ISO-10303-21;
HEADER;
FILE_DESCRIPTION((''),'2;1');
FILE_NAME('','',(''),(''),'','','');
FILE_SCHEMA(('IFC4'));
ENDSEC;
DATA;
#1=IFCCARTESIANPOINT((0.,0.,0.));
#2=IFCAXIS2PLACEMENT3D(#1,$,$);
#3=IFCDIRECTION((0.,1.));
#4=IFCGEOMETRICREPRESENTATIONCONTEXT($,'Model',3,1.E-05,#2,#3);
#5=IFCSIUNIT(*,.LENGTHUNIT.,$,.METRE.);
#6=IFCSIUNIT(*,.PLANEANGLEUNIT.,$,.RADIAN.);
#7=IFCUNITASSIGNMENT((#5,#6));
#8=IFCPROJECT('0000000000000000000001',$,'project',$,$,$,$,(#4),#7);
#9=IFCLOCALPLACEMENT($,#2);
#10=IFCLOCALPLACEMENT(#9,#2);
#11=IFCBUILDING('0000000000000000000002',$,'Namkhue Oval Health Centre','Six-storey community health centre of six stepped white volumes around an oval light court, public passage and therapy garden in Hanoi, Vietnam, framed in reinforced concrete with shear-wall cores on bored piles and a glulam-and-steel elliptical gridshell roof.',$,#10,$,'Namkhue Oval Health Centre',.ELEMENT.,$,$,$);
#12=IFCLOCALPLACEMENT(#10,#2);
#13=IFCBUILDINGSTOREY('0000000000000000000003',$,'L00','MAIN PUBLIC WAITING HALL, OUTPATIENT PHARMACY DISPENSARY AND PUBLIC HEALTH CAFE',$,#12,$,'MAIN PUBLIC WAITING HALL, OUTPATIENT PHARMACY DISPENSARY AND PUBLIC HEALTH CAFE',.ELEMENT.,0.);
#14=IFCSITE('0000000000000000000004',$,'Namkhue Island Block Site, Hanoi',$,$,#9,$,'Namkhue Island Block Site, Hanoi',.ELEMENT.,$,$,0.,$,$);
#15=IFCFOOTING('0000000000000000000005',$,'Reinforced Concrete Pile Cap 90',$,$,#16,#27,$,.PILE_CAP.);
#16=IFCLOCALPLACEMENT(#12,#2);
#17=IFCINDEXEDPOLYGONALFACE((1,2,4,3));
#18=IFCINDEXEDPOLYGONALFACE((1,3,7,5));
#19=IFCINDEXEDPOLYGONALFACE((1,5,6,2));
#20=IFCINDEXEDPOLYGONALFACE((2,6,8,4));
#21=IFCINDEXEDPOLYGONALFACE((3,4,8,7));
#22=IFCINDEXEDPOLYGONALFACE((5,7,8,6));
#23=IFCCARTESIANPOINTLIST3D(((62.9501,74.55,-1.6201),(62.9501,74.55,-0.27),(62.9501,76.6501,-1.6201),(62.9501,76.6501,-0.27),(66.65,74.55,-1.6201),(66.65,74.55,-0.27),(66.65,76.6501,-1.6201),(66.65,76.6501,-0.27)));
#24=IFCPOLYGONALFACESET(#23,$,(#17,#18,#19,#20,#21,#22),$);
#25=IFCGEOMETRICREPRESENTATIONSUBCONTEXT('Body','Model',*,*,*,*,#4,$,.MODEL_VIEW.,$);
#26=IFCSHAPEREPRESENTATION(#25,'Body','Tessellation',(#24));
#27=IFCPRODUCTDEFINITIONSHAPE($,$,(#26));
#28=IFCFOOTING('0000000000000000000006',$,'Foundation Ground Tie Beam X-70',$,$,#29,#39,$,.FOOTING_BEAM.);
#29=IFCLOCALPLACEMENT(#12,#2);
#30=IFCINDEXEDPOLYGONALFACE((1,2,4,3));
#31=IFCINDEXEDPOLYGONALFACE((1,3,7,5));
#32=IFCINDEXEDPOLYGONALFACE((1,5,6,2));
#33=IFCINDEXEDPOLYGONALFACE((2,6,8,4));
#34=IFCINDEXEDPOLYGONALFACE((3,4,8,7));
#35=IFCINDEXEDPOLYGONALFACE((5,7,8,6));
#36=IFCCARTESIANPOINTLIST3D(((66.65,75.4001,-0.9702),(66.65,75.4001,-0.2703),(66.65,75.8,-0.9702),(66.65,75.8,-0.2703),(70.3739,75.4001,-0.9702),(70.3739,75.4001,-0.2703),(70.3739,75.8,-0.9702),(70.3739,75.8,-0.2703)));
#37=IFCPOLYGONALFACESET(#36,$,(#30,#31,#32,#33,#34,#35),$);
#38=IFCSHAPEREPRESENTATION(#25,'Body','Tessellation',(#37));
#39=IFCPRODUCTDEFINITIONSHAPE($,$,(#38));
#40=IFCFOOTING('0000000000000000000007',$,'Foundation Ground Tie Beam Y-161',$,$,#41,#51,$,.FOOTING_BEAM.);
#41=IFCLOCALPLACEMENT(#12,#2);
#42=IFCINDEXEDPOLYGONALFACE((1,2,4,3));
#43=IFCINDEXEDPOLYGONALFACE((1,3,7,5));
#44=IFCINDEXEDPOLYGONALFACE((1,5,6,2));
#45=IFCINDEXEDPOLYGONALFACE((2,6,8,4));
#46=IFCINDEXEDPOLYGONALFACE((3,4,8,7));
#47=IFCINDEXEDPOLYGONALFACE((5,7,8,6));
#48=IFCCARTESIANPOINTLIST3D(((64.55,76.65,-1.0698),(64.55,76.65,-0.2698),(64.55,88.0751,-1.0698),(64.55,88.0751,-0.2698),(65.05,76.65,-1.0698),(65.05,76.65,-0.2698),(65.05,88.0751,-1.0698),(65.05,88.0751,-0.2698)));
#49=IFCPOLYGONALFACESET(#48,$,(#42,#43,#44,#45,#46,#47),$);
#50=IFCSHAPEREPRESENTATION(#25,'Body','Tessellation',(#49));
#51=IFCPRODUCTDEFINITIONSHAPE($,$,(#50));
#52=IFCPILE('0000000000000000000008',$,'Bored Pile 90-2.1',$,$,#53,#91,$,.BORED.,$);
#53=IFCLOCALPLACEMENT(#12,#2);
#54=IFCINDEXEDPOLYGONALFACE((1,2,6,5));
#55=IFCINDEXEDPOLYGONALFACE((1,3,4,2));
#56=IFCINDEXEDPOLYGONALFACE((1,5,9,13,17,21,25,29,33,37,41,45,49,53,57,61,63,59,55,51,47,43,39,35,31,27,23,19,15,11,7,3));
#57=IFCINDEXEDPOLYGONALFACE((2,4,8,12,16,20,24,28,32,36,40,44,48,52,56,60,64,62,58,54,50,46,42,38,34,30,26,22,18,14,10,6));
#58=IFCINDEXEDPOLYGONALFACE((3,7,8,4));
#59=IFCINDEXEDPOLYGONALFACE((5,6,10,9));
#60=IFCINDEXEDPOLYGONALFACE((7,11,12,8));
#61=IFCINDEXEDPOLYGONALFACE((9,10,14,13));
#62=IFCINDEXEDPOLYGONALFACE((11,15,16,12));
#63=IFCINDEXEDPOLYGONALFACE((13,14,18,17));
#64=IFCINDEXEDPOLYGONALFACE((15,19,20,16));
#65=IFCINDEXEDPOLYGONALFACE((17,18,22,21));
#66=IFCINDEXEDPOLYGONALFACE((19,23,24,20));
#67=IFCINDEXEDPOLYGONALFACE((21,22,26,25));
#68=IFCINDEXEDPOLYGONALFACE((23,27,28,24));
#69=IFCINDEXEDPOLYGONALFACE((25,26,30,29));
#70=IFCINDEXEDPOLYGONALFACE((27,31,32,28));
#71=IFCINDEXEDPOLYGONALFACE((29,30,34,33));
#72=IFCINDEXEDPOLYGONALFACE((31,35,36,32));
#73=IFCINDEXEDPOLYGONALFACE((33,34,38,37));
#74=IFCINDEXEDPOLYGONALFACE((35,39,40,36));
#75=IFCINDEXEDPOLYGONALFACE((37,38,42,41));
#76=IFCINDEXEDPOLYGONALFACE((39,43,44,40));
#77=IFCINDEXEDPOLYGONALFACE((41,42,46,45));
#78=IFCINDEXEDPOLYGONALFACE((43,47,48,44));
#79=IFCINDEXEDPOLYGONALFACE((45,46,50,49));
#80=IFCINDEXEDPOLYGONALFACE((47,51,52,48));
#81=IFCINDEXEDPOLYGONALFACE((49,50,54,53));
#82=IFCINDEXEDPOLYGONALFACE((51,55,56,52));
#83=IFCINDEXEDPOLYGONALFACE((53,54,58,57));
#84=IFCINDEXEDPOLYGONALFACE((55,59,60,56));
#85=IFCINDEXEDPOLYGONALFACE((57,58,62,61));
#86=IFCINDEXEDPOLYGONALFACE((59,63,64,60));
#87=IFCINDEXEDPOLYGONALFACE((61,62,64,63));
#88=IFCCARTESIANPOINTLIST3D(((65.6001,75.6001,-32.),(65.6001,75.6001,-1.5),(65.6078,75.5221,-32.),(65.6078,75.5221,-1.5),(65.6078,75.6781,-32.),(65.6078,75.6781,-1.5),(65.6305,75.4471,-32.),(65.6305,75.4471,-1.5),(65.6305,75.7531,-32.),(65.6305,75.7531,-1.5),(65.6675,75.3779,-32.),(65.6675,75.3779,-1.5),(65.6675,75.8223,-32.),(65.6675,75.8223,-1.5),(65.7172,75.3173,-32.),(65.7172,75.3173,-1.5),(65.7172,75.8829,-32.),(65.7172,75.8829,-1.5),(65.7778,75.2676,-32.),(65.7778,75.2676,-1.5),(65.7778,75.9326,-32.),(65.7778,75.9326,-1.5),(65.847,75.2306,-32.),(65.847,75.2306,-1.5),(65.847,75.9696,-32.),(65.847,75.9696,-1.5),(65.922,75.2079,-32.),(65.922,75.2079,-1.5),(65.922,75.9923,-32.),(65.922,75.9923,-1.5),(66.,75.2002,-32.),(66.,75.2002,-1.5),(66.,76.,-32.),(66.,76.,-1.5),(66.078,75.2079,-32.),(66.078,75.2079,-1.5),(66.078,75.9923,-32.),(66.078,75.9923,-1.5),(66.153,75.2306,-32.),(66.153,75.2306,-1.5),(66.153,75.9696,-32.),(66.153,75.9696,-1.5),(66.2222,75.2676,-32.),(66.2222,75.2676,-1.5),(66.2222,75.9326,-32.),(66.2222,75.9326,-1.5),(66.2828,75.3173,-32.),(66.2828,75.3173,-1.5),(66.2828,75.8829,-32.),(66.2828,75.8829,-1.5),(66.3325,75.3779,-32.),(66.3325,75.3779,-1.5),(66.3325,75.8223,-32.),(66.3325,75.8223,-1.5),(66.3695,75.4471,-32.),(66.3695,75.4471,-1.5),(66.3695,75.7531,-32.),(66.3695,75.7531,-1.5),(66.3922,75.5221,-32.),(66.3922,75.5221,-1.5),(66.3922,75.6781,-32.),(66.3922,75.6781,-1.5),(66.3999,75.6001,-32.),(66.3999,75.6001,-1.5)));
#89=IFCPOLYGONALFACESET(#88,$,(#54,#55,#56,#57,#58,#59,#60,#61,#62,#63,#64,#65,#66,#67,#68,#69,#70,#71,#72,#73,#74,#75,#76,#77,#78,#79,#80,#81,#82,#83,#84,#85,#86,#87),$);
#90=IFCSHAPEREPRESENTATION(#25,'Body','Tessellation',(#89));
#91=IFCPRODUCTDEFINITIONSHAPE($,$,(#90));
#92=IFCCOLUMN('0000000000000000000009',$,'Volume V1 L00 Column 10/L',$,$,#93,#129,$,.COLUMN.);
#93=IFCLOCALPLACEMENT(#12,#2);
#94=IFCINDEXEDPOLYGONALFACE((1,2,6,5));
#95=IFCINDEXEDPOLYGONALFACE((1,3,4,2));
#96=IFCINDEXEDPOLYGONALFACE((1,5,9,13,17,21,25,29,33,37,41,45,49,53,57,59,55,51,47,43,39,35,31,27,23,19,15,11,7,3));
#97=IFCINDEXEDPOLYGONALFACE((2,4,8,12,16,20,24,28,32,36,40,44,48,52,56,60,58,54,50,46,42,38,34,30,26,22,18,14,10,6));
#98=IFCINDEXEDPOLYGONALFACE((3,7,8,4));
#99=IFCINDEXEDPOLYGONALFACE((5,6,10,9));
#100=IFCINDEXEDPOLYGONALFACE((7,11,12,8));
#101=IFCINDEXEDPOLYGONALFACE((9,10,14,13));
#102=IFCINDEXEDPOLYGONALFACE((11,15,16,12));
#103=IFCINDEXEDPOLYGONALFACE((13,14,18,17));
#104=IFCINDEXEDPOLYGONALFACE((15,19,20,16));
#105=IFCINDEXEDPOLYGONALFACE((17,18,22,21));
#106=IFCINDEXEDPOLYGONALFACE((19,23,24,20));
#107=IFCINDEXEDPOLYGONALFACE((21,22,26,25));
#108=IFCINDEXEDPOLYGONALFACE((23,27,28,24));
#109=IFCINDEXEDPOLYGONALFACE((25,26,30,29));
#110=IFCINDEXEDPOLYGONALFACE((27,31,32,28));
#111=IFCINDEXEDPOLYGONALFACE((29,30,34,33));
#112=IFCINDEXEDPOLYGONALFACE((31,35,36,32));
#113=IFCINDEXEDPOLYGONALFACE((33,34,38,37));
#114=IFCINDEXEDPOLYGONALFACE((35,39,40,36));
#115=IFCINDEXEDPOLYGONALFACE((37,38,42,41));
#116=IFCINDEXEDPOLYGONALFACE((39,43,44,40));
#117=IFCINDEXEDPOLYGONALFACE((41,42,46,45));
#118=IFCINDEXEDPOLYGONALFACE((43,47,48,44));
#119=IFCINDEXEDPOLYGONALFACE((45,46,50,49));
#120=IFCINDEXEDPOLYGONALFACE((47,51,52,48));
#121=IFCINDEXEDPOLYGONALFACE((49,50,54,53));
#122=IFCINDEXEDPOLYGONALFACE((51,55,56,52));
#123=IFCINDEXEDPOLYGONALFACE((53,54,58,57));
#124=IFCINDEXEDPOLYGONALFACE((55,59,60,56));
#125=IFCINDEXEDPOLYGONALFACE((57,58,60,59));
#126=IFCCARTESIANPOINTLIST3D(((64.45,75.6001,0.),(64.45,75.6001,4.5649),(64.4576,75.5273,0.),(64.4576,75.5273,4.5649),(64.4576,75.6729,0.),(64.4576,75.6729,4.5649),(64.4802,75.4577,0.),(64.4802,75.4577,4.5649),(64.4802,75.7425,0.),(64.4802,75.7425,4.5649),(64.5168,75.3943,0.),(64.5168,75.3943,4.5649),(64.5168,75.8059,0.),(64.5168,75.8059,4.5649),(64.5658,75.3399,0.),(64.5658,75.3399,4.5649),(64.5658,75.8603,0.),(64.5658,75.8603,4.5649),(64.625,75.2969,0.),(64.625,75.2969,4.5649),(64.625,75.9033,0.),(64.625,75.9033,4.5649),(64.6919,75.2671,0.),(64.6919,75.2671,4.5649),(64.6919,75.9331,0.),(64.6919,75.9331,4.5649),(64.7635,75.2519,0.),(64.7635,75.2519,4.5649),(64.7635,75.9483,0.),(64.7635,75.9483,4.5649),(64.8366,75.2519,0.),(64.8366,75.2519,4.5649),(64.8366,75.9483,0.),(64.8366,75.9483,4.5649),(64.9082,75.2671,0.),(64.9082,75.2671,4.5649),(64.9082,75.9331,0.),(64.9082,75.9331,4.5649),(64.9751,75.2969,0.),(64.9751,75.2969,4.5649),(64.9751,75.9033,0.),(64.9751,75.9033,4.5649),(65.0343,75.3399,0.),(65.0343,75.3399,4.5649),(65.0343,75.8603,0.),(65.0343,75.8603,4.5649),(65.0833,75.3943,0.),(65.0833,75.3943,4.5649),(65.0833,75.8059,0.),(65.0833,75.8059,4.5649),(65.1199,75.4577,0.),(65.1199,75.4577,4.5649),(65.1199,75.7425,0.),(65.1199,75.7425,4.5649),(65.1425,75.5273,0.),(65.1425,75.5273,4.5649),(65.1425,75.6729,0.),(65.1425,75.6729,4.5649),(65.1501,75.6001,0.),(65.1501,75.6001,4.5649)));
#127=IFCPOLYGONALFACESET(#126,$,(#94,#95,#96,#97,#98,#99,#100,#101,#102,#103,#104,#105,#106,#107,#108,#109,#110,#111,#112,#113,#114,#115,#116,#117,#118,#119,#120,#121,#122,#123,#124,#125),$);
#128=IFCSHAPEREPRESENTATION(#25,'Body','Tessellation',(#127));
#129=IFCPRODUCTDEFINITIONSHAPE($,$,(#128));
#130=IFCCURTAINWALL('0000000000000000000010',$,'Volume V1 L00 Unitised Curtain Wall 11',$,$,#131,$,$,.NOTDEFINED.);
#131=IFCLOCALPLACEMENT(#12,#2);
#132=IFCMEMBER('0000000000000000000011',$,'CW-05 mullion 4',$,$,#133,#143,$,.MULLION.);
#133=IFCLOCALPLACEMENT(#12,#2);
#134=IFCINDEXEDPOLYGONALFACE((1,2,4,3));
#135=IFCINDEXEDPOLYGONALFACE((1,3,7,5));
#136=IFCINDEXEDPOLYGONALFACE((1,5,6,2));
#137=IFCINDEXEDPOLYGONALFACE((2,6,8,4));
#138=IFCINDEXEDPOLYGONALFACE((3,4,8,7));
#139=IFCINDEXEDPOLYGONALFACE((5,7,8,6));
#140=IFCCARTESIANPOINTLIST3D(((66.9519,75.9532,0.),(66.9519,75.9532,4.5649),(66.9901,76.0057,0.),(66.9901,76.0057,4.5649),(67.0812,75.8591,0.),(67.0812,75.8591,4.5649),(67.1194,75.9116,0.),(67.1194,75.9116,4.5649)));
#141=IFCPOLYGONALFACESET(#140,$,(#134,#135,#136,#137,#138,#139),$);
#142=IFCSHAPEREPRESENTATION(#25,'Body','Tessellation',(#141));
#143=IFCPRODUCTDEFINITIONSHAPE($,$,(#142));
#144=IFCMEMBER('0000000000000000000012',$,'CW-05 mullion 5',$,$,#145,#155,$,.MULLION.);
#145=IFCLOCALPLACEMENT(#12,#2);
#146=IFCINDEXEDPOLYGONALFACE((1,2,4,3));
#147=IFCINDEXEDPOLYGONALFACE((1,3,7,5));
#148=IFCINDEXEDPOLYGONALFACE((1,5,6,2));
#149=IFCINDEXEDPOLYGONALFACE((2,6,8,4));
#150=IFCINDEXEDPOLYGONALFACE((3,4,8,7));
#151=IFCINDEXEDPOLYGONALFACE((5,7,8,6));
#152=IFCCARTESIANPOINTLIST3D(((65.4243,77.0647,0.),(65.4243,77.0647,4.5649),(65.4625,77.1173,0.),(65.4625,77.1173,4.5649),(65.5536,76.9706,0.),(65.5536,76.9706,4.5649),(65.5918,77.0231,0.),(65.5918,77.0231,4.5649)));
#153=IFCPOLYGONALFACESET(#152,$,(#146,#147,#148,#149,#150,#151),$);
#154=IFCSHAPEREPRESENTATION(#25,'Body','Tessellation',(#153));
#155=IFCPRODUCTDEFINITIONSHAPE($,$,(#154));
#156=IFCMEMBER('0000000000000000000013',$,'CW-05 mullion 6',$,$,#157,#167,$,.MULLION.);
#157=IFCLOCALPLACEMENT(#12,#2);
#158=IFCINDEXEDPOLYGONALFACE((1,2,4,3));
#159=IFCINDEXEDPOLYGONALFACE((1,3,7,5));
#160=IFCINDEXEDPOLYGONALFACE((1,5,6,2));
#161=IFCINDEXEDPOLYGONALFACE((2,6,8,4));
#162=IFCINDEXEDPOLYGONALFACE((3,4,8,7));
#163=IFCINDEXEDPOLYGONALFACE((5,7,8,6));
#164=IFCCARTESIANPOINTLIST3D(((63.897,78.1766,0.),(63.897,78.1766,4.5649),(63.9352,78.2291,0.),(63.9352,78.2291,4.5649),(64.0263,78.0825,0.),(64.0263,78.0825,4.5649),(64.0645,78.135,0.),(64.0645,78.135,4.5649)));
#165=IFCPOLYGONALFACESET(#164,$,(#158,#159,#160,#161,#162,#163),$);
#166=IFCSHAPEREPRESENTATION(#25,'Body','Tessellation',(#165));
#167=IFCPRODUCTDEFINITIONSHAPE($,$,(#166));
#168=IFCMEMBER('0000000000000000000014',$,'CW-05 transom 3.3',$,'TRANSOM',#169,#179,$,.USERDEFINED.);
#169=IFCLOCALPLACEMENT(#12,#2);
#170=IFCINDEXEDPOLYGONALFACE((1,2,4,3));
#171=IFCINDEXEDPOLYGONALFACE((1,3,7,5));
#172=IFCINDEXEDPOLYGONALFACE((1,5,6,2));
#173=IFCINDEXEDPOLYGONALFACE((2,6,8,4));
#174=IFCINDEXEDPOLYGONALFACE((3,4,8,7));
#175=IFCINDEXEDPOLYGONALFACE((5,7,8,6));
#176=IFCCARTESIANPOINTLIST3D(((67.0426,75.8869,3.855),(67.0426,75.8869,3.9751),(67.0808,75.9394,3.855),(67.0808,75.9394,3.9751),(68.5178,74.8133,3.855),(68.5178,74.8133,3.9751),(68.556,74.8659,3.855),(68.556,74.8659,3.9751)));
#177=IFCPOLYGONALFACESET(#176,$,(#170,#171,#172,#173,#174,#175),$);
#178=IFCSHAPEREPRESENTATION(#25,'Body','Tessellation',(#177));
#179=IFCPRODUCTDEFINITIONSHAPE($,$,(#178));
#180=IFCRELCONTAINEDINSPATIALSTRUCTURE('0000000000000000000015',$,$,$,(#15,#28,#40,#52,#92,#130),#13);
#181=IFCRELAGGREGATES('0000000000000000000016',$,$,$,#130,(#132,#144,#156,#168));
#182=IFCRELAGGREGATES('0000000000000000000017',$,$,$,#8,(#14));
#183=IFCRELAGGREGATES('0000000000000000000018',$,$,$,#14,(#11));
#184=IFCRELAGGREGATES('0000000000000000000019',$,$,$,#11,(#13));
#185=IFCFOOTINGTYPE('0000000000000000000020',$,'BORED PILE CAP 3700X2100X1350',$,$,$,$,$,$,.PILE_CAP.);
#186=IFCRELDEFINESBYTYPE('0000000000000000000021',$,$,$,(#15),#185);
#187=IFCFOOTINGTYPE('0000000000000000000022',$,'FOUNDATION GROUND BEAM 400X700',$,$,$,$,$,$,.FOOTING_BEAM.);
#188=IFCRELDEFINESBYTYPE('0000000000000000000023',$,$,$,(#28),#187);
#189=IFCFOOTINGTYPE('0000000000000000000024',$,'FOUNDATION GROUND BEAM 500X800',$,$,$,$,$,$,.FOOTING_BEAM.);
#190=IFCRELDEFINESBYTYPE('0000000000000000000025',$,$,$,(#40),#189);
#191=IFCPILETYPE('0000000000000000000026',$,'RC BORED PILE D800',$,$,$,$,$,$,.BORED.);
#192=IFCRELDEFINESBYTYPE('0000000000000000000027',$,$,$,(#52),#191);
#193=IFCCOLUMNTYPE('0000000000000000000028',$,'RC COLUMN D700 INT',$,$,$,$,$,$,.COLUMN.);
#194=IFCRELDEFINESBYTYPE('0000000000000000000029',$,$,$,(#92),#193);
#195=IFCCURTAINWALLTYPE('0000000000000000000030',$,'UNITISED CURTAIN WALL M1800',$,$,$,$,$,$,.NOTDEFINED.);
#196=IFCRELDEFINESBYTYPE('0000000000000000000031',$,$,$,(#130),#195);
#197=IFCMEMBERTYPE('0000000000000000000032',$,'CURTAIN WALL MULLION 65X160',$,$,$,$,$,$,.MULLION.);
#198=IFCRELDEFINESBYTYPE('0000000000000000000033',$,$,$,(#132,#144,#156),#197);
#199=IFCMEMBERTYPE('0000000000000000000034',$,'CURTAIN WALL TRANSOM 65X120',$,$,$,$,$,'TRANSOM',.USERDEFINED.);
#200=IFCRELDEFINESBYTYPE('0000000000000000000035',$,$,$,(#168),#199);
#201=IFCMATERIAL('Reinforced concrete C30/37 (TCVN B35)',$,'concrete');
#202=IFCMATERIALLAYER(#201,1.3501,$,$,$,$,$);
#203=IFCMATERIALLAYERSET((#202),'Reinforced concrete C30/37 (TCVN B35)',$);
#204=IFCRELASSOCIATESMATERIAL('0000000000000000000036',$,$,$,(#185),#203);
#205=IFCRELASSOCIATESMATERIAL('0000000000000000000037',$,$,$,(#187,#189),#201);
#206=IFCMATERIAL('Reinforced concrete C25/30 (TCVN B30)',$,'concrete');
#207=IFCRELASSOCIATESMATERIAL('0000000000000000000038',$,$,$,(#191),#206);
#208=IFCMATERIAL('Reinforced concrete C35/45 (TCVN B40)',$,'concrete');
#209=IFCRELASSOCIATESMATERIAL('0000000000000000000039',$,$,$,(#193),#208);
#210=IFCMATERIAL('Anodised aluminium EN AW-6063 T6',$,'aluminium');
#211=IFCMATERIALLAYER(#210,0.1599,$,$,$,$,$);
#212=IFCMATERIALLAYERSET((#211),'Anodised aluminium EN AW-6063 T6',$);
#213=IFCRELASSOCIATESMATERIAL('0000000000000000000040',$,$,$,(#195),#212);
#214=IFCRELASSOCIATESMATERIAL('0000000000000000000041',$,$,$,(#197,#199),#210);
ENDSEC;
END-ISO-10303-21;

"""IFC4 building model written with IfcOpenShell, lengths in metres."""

from ifc_helpers import new_model, si_unit, direction, frame, origin, origin_2d, place, context, subcontext, project, spatial, rectangle, circle, extrude, material, layer, layer_set, material_profile, profile_set, type_object, element, aggregate, save


model = new_model("IFC4")

# Units and contexts
model_context = context("Model", 3, precision=1e-05, world=origin(), true_north=direction((0.0, 1.0)))
body_context = subcontext(model_context, "Body", "Model", "MODEL_VIEW")
ifc_project = project(units=[si_unit("LENGTHUNIT", "METRE"), si_unit("PLANEANGLEUNIT", "RADIAN")], contexts=[model_context])

# Site, building, storey
site_placement = place(None, origin())
site = spatial("IfcSite", under=ifc_project, at=site_placement, Name="Namkhue Island Block Site, Hanoi", LongName="Namkhue Island Block Site, Hanoi", CompositionType="ELEMENT", RefElevation=0.0)
building_placement = place(site_placement, origin())
building = spatial("IfcBuilding", under=site, at=building_placement, Name="Namkhue Oval Health Centre", Description="Six-storey community health centre of six stepped white volumes around an oval light court, public passage and therapy garden in Hanoi, Vietnam, framed in reinforced concrete with shear-wall cores on bored piles and a glulam-and-steel elliptical gridshell roof.", LongName="Namkhue Oval Health Centre", CompositionType="ELEMENT")
storey_placement = place(building_placement, origin())
storey = spatial("IfcBuildingStorey", under=building, at=storey_placement, Name="L00", Description="MAIN PUBLIC WAITING HALL, OUTPATIENT PHARMACY DISPENSARY AND PUBLIC HEALTH CAFE", LongName="MAIN PUBLIC WAITING HALL, OUTPATIENT PHARMACY DISPENSARY AND PUBLIC HEALTH CAFE", CompositionType="ELEMENT", Elevation=0.0)

# Footings
ifc_material_1 = material(Name="Reinforced concrete C30/37 (TCVN B35)", Category="concrete")
ifc_layer_1 = layer(ifc_material_1, 1.3501)
ifc_layer_set_1 = layer_set([ifc_layer_1], Name="Reinforced concrete C30/37 (TCVN B35)")
footing_type_1 = type_object("IfcFootingType", Name="BORED PILE CAP 3700X2100X1350", PredefinedType="PILE_CAP", material=ifc_layer_set_1)
footing_1_placement = place(storey_placement, frame((64.8, 75.6001, -1.6201), z_axis=(0.0, 0.0, 1.0), x_axis=(1.0, 0.0, 0.0)))
element("IfcFooting", 1, at=footing_1_placement, inside=storey, type_object=footing_type_1, Name="Reinforced Concrete Pile Cap 90", PredefinedType="PILE_CAP", context=body_context, shape_type="SweptSolid", body=[
    extrude(rectangle(XDim=3.7, YDim=2.1001, at=origin_2d()), origin(), (0.0, 0.0, 1.0), 1.3501),
])
footing_type_2 = type_object("IfcFootingType", Name="FOUNDATION GROUND BEAM 400X700", PredefinedType="FOOTING_BEAM", material=ifc_material_1)
footing_2_placement = place(storey_placement, frame((68.512, 75.6001, -0.9702), z_axis=(0.0, 0.0, 1.0), x_axis=(1.0, 0.0, 0.0)))
element("IfcFooting", 2, at=footing_2_placement, inside=storey, type_object=footing_type_2, Name="Foundation Ground Tie Beam X-70", PredefinedType="FOOTING_BEAM", context=body_context, shape_type="SweptSolid", body=[
    extrude(rectangle(XDim=3.7239, YDim=0.3999, at=origin_2d()), origin(), (0.0, 0.0, 1.0), 0.7),
])
footing_type_3 = type_object("IfcFootingType", Name="FOUNDATION GROUND BEAM 500X800", PredefinedType="FOOTING_BEAM", material=ifc_material_1)
footing_3_placement = place(storey_placement, frame((64.8, 82.3625, -1.0698), z_axis=(0.0, 0.0, 1.0), x_axis=(0.0, 1.0, 0.0)))
element("IfcFooting", 3, at=footing_3_placement, inside=storey, type_object=footing_type_3, Name="Foundation Ground Tie Beam Y-161", PredefinedType="FOOTING_BEAM", context=body_context, shape_type="SweptSolid", body=[
    extrude(rectangle(XDim=11.425, YDim=0.5, at=origin_2d()), origin(), (0.0, 0.0, 1.0), 0.8),
])

# Pile
ifc_material_2 = material(Name="Reinforced concrete C25/30 (TCVN B30)", Category="concrete")
ifc_material_profile_1 = material_profile(ifc_material_2, circle(Radius=0.3999, at=origin_2d()), Name="BORED PILE D800")
ifc_profile_set_1 = profile_set([ifc_material_profile_1], Name="Reinforced concrete C25/30 (TCVN B30)")
pile_type = type_object("IfcPileType", Name="RC BORED PILE D800", PredefinedType="BORED", material=ifc_profile_set_1)
pile_placement = place(storey_placement, frame((66.0, 75.6001, -1.5), z_axis=(0.0, 0.0, -1.0), x_axis=(1.0, 0.0, 0.0)))
element("IfcPile", 4, at=pile_placement, inside=storey, type_object=pile_type, Name="Bored Pile 90-2.1", PredefinedType="BORED", context=body_context, shape_type="SweptSolid", body=[
    extrude(circle(Radius=0.3999, at=origin_2d()), origin(), (0.0, 0.0, 1.0), 30.5),
])

# Column
ifc_material_3 = material(Name="Reinforced concrete C35/45 (TCVN B40)", Category="concrete")
ifc_material_profile_2 = material_profile(ifc_material_3, circle(Radius=0.3501, at=origin_2d()), Name="RC D700")
ifc_profile_set_2 = profile_set([ifc_material_profile_2], Name="Reinforced concrete C35/45 (TCVN B40)")
column_type = type_object("IfcColumnType", Name="RC COLUMN D700 INT", PredefinedType="COLUMN", material=ifc_profile_set_2)
column_placement = place(storey_placement, frame((64.8, 75.6001, 0.0), z_axis=(0.0, 0.0, 1.0), x_axis=(1.0, 0.0, 0.0)))
element("IfcColumn", 5, at=column_placement, inside=storey, type_object=column_type, Name="Volume V1 L00 Column 10/L", PredefinedType="COLUMN", context=body_context, shape_type="SweptSolid", body=[
    extrude(circle(Radius=0.3501, at=origin_2d()), origin(), (0.0, 0.0, 1.0), 4.5649),
])

# Curtain wall, members
ifc_material_4 = material(Name="Anodised aluminium EN AW-6063 T6", Category="aluminium")
ifc_layer_2 = layer(ifc_material_4, 0.1599)
ifc_layer_set_2 = layer_set([ifc_layer_2], Name="Anodised aluminium EN AW-6063 T6")
curtain_wall_type = type_object("IfcCurtainWallType", Name="UNITISED CURTAIN WALL M1800", PredefinedType="NOTDEFINED", material=ifc_layer_set_2)
curtain_wall_placement = place(storey_placement, origin())
curtain_wall = element("IfcCurtainWall", 6, at=curtain_wall_placement, inside=storey, type_object=curtain_wall_type, Name="Volume V1 L00 Unitised Curtain Wall 11", PredefinedType="NOTDEFINED")
ifc_material_profile_3 = material_profile(ifc_material_4, rectangle(XDim=0.0649, YDim=0.1599, at=origin_2d()), Name="ALU 65x160")
ifc_profile_set_3 = profile_set([ifc_material_profile_3], Name="Anodised aluminium EN AW-6063 T6")
member_type_1 = type_object("IfcMemberType", Name="CURTAIN WALL MULLION 65X160", PredefinedType="MULLION", material=ifc_profile_set_3)
member_1_placement = place(storey_placement, frame((67.0356, 75.9324, 0.0), z_axis=(0.0, 0.0, 1.0), x_axis=(-0.588477, -0.808514, 0.0)))
member_1 = element("IfcMember", 7, at=member_1_placement, type_object=member_type_1, Name="CW-05 mullion 4", PredefinedType="MULLION", context=body_context, shape_type="SweptSolid", body=[
    extrude(rectangle(XDim=0.0649, YDim=0.1599, at=origin_2d()), origin(), (0.0, 0.0, 1.0), 4.5649),
])
member_2_placement = place(storey_placement, frame((65.5081, 77.0439, 0.0), z_axis=(0.0, 0.0, 1.0), x_axis=(-0.588477, -0.808514, 0.0)))
member_2 = element("IfcMember", 8, at=member_2_placement, type_object=member_type_1, Name="CW-05 mullion 5", PredefinedType="MULLION", context=body_context, shape_type="SweptSolid", body=[
    extrude(rectangle(XDim=0.0649, YDim=0.1599, at=origin_2d()), origin(), (0.0, 0.0, 1.0), 4.5649),
])
member_3_placement = place(storey_placement, frame((63.9807, 78.1558, 0.0), z_axis=(0.0, 0.0, 1.0), x_axis=(-0.588477, -0.808514, 0.0)))
member_3 = element("IfcMember", 9, at=member_3_placement, type_object=member_type_1, Name="CW-05 mullion 6", PredefinedType="MULLION", context=body_context, shape_type="SweptSolid", body=[
    extrude(rectangle(XDim=0.0649, YDim=0.1599, at=origin_2d()), origin(), (0.0, 0.0, 1.0), 4.5649),
])
ifc_material_profile_4 = material_profile(ifc_material_4, rectangle(XDim=0.0649, YDim=0.1201, at=origin_2d()), Name="ALU 65x120")
ifc_profile_set_4 = profile_set([ifc_material_profile_4], Name="Anodised aluminium EN AW-6063 T6")
member_type_2 = type_object("IfcMemberType", Name="CURTAIN WALL TRANSOM 65X120", ElementType="TRANSOM", PredefinedType="USERDEFINED", material=ifc_profile_set_4)
member_4_placement = place(storey_placement, frame((68.5369, 74.8396, 3.915), z_axis=(-0.808557, 0.588418, 0.0), x_axis=(-0.588418, -0.808557, 0.0)))
member_4 = element("IfcMember", 10, at=member_4_placement, type_object=member_type_2, Name="CW-05 transom 3.3", ObjectType="TRANSOM", PredefinedType="USERDEFINED", context=body_context, shape_type="SweptSolid", body=[
    extrude(rectangle(XDim=0.0649, YDim=0.1201, at=origin_2d()), origin(), (0.0, 0.0, 1.0), 1.8245),
])
aggregate(curtain_wall, [member_1, member_2, member_3, member_4])

save(model, "model.ifc")
